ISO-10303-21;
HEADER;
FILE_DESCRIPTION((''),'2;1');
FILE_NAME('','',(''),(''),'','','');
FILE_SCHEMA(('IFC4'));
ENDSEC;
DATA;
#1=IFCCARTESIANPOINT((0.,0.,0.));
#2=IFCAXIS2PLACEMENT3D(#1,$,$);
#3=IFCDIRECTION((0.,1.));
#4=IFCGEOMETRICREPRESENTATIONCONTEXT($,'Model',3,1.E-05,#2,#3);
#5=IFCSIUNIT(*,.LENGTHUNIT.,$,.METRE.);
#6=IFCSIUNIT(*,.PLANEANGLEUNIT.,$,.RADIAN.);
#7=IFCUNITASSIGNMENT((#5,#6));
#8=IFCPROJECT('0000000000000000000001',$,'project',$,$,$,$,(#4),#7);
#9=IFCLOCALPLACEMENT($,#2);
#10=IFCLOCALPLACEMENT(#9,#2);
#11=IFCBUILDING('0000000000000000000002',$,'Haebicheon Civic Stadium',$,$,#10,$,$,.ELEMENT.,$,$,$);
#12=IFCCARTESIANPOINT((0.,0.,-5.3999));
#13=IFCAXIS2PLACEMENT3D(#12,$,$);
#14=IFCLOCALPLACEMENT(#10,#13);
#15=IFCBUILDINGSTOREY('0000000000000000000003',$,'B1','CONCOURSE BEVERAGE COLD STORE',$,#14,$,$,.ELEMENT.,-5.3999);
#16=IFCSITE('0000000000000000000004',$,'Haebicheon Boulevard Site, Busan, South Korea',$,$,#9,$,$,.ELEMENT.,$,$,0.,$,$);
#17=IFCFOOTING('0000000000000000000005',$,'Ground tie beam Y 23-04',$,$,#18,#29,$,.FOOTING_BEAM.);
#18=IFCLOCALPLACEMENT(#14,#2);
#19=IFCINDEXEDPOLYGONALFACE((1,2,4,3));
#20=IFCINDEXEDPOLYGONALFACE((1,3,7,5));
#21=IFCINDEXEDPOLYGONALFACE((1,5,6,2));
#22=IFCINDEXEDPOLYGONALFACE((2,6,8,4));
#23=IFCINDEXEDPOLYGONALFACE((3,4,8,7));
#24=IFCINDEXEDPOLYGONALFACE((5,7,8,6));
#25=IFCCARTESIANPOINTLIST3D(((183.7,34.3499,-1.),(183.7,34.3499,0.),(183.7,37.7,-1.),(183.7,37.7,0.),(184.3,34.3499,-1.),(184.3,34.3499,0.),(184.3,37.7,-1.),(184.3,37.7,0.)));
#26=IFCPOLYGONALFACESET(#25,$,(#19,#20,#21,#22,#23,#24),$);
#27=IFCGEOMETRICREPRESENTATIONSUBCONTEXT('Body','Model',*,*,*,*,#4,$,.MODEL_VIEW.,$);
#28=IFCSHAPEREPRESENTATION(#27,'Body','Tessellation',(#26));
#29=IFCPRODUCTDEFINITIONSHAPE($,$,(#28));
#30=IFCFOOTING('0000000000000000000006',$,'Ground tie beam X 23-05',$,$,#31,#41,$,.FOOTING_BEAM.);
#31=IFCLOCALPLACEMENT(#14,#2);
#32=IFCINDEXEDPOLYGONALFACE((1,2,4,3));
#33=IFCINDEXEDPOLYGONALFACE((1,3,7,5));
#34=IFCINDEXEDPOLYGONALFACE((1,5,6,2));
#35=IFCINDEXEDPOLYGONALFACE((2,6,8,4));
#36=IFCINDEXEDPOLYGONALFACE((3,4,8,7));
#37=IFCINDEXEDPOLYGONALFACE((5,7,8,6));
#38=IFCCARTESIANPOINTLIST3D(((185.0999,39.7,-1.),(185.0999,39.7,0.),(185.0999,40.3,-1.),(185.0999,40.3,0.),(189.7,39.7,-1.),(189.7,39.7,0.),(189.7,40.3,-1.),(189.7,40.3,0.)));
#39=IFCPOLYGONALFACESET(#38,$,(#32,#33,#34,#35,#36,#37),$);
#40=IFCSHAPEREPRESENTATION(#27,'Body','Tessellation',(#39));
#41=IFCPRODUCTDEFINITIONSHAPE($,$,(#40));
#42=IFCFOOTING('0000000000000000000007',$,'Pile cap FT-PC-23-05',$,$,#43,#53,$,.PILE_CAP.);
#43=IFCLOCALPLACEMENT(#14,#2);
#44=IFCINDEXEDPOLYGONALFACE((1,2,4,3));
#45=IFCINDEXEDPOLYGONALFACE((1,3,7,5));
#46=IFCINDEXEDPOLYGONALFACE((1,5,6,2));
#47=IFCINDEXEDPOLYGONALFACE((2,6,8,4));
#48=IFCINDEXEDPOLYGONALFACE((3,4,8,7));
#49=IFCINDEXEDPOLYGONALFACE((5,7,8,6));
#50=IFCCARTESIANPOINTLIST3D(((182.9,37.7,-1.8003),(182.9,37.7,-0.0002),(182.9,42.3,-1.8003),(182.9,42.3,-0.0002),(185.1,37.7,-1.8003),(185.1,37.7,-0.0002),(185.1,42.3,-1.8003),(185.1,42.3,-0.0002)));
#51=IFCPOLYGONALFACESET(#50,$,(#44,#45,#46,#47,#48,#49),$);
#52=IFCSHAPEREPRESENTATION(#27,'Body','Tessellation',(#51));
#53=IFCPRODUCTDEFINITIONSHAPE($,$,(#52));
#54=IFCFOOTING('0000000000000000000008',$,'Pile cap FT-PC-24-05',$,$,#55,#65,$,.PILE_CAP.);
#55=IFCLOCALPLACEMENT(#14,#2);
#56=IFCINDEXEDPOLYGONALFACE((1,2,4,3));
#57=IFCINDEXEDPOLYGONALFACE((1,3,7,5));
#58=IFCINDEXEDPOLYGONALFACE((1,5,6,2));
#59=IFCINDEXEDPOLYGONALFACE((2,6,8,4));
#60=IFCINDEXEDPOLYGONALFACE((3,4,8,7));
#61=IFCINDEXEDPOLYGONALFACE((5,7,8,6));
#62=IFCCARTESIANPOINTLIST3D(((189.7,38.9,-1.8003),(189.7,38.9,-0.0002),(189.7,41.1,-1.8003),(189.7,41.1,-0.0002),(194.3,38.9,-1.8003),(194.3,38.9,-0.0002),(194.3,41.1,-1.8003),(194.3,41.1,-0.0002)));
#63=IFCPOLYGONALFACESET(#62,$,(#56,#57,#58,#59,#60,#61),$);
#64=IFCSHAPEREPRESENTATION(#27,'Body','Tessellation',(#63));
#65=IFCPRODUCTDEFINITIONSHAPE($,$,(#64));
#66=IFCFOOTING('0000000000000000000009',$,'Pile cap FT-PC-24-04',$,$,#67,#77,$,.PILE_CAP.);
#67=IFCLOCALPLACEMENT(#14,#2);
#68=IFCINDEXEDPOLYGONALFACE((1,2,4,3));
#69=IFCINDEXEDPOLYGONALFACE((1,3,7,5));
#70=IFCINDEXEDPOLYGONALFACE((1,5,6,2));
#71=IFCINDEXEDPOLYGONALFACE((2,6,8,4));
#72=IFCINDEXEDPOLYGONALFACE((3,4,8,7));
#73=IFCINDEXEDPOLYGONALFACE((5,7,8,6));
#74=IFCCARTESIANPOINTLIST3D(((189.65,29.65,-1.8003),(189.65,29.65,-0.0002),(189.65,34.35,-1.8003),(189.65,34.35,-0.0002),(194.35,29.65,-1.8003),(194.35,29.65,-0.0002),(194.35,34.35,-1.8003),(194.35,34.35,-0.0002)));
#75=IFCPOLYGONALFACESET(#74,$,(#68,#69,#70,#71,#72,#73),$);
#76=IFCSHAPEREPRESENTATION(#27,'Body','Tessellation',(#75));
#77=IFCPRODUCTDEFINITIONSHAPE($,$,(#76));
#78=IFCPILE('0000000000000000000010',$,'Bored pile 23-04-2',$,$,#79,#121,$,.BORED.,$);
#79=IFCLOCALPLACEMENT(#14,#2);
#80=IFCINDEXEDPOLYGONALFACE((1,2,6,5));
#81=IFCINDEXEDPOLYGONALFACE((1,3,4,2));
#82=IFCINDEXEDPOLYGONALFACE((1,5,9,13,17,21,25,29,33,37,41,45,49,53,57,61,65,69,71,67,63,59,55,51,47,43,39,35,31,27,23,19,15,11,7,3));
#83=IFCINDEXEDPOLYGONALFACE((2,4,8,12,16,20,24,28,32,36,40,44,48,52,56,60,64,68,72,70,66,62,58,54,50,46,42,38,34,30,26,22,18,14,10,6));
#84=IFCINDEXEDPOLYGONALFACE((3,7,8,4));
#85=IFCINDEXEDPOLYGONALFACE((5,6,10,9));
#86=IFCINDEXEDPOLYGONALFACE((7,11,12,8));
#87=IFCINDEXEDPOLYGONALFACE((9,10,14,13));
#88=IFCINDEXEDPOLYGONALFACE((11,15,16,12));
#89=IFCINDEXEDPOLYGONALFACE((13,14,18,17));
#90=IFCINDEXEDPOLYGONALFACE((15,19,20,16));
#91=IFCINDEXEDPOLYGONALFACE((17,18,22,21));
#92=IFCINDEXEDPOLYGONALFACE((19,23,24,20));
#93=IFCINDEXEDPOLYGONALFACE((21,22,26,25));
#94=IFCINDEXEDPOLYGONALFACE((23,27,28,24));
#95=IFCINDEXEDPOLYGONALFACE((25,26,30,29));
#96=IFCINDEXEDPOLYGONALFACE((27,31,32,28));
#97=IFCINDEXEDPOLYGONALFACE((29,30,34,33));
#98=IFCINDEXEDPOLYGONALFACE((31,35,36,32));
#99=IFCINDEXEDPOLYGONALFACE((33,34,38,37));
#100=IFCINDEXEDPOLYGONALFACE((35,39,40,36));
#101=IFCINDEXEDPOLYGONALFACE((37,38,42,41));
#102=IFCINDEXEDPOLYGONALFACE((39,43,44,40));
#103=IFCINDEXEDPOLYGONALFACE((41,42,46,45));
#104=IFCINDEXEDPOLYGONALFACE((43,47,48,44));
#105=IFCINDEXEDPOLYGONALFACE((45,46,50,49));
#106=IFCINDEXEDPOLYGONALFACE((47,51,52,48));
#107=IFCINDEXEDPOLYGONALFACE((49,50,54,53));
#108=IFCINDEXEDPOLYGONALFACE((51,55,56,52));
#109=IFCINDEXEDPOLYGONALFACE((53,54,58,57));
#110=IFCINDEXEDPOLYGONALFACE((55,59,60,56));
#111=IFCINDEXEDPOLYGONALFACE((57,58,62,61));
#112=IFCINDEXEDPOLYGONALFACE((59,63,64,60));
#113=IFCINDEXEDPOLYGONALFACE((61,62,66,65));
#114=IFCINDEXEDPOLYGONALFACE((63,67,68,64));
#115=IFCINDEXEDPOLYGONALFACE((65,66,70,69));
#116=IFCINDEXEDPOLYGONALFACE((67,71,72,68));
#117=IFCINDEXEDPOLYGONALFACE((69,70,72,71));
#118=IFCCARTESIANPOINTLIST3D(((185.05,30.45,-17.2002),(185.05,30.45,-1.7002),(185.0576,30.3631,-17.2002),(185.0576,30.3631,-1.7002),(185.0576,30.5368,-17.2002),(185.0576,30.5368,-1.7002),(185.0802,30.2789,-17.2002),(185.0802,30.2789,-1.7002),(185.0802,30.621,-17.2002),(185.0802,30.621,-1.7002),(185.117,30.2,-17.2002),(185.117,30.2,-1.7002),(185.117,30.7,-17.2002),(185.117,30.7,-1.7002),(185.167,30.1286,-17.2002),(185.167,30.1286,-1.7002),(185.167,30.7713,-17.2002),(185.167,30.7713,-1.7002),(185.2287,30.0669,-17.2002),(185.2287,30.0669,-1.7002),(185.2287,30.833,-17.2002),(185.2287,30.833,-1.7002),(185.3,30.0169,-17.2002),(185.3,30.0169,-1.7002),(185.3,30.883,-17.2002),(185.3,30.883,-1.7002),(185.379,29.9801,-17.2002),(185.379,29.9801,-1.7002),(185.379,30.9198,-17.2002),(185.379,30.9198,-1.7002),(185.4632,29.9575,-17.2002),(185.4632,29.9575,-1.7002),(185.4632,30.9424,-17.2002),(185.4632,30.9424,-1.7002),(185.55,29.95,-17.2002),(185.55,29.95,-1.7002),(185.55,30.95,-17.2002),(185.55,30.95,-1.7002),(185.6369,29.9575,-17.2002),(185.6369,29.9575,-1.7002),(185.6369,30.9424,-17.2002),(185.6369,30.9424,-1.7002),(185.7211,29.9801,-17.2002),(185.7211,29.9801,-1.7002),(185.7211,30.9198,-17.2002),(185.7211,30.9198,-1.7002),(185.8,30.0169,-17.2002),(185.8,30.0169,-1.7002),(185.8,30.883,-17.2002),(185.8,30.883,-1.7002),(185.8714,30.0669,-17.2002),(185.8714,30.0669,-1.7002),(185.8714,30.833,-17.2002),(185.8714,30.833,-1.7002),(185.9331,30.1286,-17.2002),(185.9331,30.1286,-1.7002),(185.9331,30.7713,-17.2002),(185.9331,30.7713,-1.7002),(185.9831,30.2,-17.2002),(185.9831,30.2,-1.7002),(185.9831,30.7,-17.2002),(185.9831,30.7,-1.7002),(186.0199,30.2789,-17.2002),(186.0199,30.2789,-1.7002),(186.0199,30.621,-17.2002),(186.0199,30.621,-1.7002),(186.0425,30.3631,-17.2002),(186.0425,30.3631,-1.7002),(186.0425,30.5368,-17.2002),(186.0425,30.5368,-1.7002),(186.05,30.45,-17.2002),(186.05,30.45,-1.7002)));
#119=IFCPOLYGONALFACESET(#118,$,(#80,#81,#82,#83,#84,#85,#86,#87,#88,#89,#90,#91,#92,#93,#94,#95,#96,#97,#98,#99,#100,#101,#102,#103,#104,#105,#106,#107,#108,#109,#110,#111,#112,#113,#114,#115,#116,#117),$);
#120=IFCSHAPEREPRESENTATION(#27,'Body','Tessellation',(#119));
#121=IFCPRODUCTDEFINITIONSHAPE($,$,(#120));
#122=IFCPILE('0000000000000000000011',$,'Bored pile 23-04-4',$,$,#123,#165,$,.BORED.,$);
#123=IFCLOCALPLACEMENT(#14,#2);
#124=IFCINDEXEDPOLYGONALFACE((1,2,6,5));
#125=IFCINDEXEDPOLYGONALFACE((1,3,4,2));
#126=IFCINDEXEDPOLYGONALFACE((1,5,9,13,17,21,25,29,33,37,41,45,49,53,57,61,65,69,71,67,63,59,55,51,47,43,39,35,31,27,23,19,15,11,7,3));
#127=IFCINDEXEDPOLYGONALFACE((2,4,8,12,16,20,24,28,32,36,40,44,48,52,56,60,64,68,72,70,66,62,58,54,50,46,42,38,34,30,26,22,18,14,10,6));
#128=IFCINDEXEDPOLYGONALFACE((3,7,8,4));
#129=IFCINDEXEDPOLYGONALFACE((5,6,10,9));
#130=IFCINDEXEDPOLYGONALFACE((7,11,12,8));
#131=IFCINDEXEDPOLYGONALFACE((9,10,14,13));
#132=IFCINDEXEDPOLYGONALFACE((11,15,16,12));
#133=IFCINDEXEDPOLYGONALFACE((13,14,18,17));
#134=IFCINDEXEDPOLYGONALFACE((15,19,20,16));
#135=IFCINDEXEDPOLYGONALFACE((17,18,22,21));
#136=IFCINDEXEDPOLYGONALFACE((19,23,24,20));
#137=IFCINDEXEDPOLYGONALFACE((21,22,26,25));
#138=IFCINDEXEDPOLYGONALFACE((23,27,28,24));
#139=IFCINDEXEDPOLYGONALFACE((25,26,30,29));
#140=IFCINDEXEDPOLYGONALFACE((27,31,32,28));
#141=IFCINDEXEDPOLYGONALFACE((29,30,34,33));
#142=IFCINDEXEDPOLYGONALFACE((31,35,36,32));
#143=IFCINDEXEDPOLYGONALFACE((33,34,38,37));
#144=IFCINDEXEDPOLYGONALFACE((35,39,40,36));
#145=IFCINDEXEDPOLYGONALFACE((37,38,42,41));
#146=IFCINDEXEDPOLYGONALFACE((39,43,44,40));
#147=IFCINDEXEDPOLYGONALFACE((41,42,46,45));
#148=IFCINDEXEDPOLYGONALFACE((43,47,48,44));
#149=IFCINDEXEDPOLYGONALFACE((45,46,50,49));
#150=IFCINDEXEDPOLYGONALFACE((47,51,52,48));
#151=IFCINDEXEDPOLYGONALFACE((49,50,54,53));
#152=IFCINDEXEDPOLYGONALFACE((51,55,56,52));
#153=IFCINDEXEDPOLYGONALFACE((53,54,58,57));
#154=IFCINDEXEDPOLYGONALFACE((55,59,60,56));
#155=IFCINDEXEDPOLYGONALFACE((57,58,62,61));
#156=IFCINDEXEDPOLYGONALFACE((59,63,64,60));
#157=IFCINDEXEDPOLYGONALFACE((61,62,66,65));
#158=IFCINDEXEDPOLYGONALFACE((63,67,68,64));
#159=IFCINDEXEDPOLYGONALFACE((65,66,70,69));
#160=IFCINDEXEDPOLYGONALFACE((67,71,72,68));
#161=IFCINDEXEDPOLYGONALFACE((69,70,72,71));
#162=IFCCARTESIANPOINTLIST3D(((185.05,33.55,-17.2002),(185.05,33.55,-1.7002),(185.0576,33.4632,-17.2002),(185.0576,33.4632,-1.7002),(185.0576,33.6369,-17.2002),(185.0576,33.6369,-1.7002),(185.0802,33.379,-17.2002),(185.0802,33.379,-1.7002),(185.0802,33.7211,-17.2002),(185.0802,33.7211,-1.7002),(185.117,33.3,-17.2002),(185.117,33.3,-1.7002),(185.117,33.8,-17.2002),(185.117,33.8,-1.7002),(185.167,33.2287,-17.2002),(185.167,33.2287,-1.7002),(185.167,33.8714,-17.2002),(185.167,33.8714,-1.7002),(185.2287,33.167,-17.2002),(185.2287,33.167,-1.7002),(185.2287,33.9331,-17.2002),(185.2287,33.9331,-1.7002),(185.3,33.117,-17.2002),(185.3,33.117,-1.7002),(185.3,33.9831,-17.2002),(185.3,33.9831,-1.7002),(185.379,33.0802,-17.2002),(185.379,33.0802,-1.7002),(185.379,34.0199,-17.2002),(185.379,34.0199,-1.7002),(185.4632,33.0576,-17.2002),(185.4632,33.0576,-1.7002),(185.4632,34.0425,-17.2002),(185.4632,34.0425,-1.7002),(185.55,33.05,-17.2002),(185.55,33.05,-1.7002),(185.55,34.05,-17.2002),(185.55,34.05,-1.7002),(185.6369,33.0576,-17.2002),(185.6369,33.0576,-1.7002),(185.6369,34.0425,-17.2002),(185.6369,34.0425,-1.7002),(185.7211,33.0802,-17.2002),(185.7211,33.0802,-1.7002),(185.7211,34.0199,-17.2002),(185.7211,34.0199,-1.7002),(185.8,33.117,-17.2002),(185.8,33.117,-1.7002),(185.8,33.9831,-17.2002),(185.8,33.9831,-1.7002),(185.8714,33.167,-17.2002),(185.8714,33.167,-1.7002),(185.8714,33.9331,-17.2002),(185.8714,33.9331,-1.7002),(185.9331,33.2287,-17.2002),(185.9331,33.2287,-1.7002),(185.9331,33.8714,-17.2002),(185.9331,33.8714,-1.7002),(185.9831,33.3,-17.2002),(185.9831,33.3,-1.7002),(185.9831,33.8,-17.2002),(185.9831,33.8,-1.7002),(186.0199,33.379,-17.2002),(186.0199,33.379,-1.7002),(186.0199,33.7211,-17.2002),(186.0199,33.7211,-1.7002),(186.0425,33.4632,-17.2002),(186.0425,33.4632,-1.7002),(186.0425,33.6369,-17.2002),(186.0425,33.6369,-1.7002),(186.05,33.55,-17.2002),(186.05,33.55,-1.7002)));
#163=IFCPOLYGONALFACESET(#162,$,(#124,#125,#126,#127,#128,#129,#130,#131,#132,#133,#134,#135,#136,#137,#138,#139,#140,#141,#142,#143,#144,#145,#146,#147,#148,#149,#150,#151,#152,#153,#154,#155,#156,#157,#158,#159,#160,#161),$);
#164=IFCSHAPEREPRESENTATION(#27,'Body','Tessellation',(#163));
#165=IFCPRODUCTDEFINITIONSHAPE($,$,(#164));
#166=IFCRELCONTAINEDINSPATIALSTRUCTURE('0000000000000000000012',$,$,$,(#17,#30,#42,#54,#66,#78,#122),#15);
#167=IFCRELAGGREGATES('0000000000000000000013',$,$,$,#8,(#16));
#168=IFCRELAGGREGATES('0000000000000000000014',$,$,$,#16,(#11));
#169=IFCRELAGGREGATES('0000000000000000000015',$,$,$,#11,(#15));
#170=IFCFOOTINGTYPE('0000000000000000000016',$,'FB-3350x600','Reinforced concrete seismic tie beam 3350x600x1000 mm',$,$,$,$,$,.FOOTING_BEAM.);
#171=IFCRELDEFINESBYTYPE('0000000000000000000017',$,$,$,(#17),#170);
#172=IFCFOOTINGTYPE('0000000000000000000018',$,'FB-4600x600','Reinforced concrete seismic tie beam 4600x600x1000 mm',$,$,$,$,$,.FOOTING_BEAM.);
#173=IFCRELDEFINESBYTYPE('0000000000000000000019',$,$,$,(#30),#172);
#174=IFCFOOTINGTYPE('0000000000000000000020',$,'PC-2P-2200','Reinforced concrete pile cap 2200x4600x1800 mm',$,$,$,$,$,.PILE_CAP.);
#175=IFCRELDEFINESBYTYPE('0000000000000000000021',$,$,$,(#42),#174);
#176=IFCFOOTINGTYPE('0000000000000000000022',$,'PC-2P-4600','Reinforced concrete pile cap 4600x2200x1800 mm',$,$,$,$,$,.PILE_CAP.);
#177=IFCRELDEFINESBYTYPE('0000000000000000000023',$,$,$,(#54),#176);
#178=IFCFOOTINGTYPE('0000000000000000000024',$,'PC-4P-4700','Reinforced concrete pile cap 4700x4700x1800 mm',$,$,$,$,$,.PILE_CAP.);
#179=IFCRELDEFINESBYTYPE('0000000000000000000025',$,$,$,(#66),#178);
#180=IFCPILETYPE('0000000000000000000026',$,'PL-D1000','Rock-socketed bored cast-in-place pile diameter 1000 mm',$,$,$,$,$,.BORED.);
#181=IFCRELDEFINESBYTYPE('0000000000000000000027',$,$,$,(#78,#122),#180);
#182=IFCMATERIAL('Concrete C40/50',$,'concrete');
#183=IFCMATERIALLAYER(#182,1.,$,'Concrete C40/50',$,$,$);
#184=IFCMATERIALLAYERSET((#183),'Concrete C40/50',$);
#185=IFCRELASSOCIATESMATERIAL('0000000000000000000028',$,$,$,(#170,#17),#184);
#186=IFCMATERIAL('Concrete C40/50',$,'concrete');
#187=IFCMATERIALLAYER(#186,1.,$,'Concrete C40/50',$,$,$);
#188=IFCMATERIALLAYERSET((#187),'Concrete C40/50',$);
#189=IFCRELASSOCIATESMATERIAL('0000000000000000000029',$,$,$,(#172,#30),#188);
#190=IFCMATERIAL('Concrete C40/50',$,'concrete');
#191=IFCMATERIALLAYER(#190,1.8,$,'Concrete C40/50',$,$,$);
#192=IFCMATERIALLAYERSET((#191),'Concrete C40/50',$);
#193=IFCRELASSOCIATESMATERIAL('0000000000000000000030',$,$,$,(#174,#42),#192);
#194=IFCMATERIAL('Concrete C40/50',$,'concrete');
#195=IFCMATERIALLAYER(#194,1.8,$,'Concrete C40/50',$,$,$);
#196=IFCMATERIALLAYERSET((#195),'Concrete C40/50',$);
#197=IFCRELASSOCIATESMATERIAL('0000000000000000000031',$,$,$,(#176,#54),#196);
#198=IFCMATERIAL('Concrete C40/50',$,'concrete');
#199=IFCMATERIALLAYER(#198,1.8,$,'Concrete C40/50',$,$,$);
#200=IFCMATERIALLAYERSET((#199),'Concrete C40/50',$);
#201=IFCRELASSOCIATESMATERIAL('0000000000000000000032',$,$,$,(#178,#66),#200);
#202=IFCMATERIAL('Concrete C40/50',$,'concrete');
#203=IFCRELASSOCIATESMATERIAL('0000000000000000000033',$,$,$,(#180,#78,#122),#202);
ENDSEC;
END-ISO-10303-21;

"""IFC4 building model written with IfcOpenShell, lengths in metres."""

from ifc_helpers import new_model, si_unit, direction, frame, origin, origin_2d, place, context, subcontext, project, spatial, rectangle, circle, extrude, material, layer, layer_set, material_profile, profile_set, type_object, element, save


model = new_model("IFC4")

# Units and contexts
model_context = context("Model", 3, precision=1e-05, world=origin(), true_north=direction((0.0, 1.0)))
body_context = subcontext(model_context, "Body", "Model", "MODEL_VIEW")
ifc_project = project(units=[si_unit("LENGTHUNIT", "METRE"), si_unit("PLANEANGLEUNIT", "RADIAN")], contexts=[model_context])

# Site, building, storey
site_placement = place(None, origin())
site = spatial("IfcSite", under=ifc_project, at=site_placement, Name="Haebicheon Boulevard Site, Busan, South Korea", CompositionType="ELEMENT", RefElevation=0.0)
building_placement = place(site_placement, origin())
building = spatial("IfcBuilding", under=site, at=building_placement, Name="Haebicheon Civic Stadium", CompositionType="ELEMENT")
storey_placement = place(building_placement, frame((0.0, 0.0, -5.3999)))
storey = spatial("IfcBuildingStorey", under=building, at=storey_placement, Name="B1", Description="CONCOURSE BEVERAGE COLD STORE", CompositionType="ELEMENT", Elevation=-5.3999)

# Footings
ifc_material_1 = material(Name="Concrete C40/50", Category="concrete")
ifc_layer_1 = layer(ifc_material_1, 1.0, Name="Concrete C40/50")
ifc_layer_set_1 = layer_set([ifc_layer_1], Name="Concrete C40/50")
footing_type_1 = type_object("IfcFootingType", Name="FB-3350x600", Description="Reinforced concrete seismic tie beam 3350x600x1000 mm", PredefinedType="FOOTING_BEAM", material=ifc_layer_set_1)
footing_1_placement = place(storey_placement, frame((184.0, 36.0249, -1.0), z_axis=(0.0, 0.0, 1.0), x_axis=(0.0, 1.0, 0.0)))
element("IfcFooting", 1, at=footing_1_placement, inside=storey, type_object=footing_type_1, material=ifc_layer_set_1, Name="Ground tie beam Y 23-04", PredefinedType="FOOTING_BEAM", context=body_context, shape_type="SweptSolid", body=[
    extrude(rectangle(XDim=3.3501, YDim=0.6001, at=origin_2d()), origin(), (0.0, 0.0, 1.0), 1.0),
])
ifc_material_2 = material(Name="Concrete C40/50", Category="concrete")
ifc_layer_2 = layer(ifc_material_2, 1.0, Name="Concrete C40/50")
ifc_layer_set_2 = layer_set([ifc_layer_2], Name="Concrete C40/50")
footing_type_2 = type_object("IfcFootingType", Name="FB-4600x600", Description="Reinforced concrete seismic tie beam 4600x600x1000 mm", PredefinedType="FOOTING_BEAM", material=ifc_layer_set_2)
footing_2_placement = place(storey_placement, frame((187.3999, 40.0, -1.0), z_axis=(0.0, 0.0, 1.0), x_axis=(1.0, 0.0, 0.0)))
element("IfcFooting", 2, at=footing_2_placement, inside=storey, type_object=footing_type_2, material=ifc_layer_set_2, Name="Ground tie beam X 23-05", PredefinedType="FOOTING_BEAM", context=body_context, shape_type="SweptSolid", body=[
    extrude(rectangle(XDim=4.6001, YDim=0.6001, at=origin_2d()), origin(), (0.0, 0.0, 1.0), 1.0),
])
ifc_material_3 = material(Name="Concrete C40/50", Category="concrete")
ifc_layer_3 = layer(ifc_material_3, 1.8, Name="Concrete C40/50")
ifc_layer_set_3 = layer_set([ifc_layer_3], Name="Concrete C40/50")
footing_type_3 = type_object("IfcFootingType", Name="PC-2P-2200", Description="Reinforced concrete pile cap 2200x4600x1800 mm", PredefinedType="PILE_CAP", material=ifc_layer_set_3)
footing_3_placement = place(storey_placement, frame((184.0, 40.0, -1.8003), z_axis=(0.0, 0.0, 1.0), x_axis=(1.0, 0.0, 0.0)))
element("IfcFooting", 3, at=footing_3_placement, inside=storey, type_object=footing_type_3, material=ifc_layer_set_3, Name="Pile cap FT-PC-23-05", PredefinedType="PILE_CAP", context=body_context, shape_type="SweptSolid", body=[
    extrude(rectangle(XDim=2.2, YDim=4.6001, at=origin_2d()), origin(), (0.0, 0.0, 1.0), 1.8),
])
ifc_material_4 = material(Name="Concrete C40/50", Category="concrete")
ifc_layer_4 = layer(ifc_material_4, 1.8, Name="Concrete C40/50")
ifc_layer_set_4 = layer_set([ifc_layer_4], Name="Concrete C40/50")
footing_type_4 = type_object("IfcFootingType", Name="PC-2P-4600", Description="Reinforced concrete pile cap 4600x2200x1800 mm", PredefinedType="PILE_CAP", material=ifc_layer_set_4)
footing_4_placement = place(storey_placement, frame((192.0, 40.0, -1.8003), z_axis=(0.0, 0.0, 1.0), x_axis=(1.0, 0.0, 0.0)))
element("IfcFooting", 4, at=footing_4_placement, inside=storey, type_object=footing_type_4, material=ifc_layer_set_4, Name="Pile cap FT-PC-24-05", PredefinedType="PILE_CAP", context=body_context, shape_type="SweptSolid", body=[
    extrude(rectangle(XDim=4.6001, YDim=2.2, at=origin_2d()), origin(), (0.0, 0.0, 1.0), 1.8),
])
ifc_material_5 = material(Name="Concrete C40/50", Category="concrete")
ifc_layer_5 = layer(ifc_material_5, 1.8, Name="Concrete C40/50")
ifc_layer_set_5 = layer_set([ifc_layer_5], Name="Concrete C40/50")
footing_type_5 = type_object("IfcFootingType", Name="PC-4P-4700", Description="Reinforced concrete pile cap 4700x4700x1800 mm", PredefinedType="PILE_CAP", material=ifc_layer_set_5)
footing_5_placement = place(storey_placement, frame((192.0, 32.0, -1.8003), z_axis=(0.0, 0.0, 1.0), x_axis=(1.0, 0.0, 0.0)))
element("IfcFooting", 5, at=footing_5_placement, inside=storey, type_object=footing_type_5, material=ifc_layer_set_5, Name="Pile cap FT-PC-24-04", PredefinedType="PILE_CAP", context=body_context, shape_type="SweptSolid", body=[
    extrude(rectangle(XDim=4.7, YDim=4.7, at=origin_2d()), origin(), (0.0, 0.0, 1.0), 1.8),
])

# Piles
ifc_material_6 = material(Name="Concrete C40/50", Category="concrete")
ifc_material_profile_1 = material_profile(ifc_material_6, circle(Radius=0.5, at=origin_2d()), Name="PILE-D1000")
ifc_profile_set_1 = profile_set([ifc_material_profile_1], Name="Concrete C40/50")
pile_type = type_object("IfcPileType", Name="PL-D1000", Description="Rock-socketed bored cast-in-place pile diameter 1000 mm", PredefinedType="BORED", material=ifc_profile_set_1)
for number, where, z_axis, x_axis, name in (
    (6, (185.55, 30.45, -1.7002), (0.0, 0.0, -1.0), (1.0, 0.0, 0.0), "Bored pile 23-04-2"),
    (7, (185.55, 33.55, -1.7002), (0.0, 0.0, -1.0), (1.0, 0.0, 0.0), "Bored pile 23-04-4"),
):
    element("IfcPile", number, at=place(storey_placement, frame(where, z_axis=z_axis, x_axis=x_axis)), inside=storey, type_object=pile_type, material=ifc_profile_set_1, Name=name, PredefinedType="BORED", context=body_context, shape_type="SweptSolid", body=[
        extrude(circle(Radius=0.5, at=origin_2d()), origin(), (0.0, 0.0, 1.0), 15.5),
    ])

save(model, "model.ifc")
